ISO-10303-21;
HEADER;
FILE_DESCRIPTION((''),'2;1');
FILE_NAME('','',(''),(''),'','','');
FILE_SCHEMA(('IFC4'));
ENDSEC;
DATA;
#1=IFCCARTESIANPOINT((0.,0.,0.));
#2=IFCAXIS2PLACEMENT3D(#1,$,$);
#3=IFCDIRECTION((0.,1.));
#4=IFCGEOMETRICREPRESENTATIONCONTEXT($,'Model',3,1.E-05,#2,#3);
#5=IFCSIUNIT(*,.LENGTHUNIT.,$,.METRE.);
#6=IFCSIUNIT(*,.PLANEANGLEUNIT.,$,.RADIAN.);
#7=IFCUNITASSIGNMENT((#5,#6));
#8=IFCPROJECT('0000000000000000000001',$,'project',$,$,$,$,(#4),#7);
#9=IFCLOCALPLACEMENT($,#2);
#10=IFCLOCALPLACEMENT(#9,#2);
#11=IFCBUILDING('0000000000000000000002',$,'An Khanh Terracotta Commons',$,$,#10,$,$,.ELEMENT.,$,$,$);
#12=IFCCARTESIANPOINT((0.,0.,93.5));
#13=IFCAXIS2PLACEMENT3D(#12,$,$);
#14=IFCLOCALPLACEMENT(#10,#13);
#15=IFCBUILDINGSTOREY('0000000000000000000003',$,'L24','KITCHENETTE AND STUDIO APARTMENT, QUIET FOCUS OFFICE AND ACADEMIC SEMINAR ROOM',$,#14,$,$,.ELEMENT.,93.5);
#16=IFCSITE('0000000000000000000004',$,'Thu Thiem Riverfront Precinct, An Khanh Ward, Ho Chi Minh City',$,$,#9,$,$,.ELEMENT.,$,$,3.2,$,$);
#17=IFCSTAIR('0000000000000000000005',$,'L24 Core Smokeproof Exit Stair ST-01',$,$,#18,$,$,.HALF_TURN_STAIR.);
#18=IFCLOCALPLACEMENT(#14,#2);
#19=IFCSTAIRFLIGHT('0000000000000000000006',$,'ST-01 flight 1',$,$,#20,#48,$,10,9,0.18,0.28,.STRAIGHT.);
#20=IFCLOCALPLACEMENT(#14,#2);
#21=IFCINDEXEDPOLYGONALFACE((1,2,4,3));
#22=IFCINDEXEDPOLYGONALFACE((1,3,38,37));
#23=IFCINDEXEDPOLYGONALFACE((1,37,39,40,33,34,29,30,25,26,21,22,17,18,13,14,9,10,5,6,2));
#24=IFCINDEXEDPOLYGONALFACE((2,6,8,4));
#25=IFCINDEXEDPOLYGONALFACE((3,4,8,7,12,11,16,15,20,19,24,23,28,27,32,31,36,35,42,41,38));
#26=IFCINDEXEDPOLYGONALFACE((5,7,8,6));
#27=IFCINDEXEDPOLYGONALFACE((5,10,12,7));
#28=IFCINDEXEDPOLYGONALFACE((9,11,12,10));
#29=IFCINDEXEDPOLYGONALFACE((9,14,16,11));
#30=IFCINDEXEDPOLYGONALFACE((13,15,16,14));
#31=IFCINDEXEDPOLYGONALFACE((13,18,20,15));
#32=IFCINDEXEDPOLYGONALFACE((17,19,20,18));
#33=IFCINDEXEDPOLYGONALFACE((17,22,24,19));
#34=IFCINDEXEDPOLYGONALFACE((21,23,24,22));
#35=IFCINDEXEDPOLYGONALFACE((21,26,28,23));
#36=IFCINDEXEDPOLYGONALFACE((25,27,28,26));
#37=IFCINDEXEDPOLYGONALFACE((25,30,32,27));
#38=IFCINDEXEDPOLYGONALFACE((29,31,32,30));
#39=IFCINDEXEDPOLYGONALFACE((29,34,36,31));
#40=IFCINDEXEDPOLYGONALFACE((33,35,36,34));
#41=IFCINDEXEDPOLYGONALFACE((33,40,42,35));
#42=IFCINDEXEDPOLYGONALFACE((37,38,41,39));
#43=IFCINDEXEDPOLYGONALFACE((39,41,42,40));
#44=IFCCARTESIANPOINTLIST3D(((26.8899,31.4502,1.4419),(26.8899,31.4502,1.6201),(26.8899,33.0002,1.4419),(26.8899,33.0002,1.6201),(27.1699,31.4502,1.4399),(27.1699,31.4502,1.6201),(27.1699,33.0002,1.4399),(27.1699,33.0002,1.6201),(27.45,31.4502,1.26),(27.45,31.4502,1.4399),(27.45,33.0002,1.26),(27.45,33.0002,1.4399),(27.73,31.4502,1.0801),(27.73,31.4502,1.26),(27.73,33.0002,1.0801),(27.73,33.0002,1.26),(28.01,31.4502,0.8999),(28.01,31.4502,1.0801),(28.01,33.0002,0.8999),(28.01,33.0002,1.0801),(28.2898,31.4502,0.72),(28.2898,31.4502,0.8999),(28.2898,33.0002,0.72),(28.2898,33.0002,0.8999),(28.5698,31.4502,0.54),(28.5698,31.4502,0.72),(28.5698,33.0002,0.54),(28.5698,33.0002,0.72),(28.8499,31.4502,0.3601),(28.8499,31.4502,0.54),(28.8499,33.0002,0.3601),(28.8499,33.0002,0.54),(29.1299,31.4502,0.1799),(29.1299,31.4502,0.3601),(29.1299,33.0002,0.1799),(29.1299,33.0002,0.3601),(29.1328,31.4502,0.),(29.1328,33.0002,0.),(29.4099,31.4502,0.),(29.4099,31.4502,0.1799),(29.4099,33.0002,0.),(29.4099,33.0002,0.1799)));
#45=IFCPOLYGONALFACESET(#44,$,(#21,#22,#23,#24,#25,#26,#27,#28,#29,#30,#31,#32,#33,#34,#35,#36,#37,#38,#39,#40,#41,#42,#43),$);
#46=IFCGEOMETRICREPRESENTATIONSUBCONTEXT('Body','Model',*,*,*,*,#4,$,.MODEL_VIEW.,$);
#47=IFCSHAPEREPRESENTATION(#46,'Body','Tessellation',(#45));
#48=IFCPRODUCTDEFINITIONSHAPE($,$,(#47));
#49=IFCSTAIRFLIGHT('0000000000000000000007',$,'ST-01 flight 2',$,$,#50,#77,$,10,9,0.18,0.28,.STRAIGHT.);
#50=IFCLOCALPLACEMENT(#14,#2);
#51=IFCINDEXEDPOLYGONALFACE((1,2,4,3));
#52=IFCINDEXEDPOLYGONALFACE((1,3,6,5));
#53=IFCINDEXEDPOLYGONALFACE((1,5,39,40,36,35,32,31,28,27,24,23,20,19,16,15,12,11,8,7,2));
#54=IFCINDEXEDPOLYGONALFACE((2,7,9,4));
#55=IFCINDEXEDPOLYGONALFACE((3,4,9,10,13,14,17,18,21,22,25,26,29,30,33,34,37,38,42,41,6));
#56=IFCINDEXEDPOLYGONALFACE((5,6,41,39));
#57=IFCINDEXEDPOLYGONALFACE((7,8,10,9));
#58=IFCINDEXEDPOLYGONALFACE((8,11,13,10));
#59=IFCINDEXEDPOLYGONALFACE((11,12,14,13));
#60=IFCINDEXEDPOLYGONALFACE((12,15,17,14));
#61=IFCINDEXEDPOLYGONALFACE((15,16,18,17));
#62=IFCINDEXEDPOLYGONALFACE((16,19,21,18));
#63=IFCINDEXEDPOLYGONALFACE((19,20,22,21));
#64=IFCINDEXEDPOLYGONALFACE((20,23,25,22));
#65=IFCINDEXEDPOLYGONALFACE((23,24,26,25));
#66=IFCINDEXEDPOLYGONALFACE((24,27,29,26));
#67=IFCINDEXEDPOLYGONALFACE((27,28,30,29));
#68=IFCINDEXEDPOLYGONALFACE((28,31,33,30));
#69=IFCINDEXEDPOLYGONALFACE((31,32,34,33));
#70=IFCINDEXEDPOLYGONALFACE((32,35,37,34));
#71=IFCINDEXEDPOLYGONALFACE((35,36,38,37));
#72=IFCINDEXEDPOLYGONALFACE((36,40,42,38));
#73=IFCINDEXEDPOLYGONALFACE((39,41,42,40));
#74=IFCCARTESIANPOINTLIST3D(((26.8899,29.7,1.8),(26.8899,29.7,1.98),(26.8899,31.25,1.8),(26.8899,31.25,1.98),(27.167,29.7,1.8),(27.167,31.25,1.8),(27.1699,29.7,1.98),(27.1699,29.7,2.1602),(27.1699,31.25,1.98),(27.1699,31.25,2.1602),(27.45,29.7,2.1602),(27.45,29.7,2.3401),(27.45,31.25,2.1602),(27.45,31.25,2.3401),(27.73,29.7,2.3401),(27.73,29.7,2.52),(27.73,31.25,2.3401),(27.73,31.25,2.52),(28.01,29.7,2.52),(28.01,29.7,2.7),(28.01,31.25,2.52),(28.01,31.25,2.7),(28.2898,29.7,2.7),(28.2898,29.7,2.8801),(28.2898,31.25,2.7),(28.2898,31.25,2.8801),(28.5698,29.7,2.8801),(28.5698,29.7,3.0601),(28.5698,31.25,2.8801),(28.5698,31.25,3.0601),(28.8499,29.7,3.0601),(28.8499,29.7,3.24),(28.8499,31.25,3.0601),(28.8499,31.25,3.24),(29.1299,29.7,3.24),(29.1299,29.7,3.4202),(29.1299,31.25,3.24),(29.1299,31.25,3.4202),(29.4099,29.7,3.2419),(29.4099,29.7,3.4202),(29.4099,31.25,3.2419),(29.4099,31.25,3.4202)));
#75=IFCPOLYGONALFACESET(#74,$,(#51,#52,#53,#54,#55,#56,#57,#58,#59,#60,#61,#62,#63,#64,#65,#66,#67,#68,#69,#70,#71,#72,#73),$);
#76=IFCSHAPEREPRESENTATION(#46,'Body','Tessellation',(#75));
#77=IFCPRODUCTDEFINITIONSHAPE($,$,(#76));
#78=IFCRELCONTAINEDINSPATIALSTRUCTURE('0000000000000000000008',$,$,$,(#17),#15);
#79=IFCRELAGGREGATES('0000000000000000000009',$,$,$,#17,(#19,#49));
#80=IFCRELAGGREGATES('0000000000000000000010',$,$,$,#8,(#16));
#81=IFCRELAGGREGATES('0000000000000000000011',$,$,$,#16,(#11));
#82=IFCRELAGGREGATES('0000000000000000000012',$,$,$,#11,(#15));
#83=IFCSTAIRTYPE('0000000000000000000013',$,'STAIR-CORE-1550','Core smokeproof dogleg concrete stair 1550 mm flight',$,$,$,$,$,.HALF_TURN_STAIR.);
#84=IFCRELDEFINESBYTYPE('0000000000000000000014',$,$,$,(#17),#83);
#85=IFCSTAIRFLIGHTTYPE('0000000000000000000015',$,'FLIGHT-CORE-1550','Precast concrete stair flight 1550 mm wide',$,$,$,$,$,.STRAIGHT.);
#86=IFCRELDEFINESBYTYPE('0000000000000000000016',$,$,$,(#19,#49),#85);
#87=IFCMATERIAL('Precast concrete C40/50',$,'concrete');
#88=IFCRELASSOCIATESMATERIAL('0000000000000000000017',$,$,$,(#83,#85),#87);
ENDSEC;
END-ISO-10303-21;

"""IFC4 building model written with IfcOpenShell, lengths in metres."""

from ifc_helpers import new_model, si_unit, direction, frame, origin, place, context, subcontext, project, spatial, polyline, outline, extrude, material, type_object, element, aggregate, save


model = new_model("IFC4")

# Units and contexts
model_context = context("Model", 3, precision=1e-05, world=origin(), true_north=direction((0.0, 1.0)))
body_context = subcontext(model_context, "Body", "Model", "MODEL_VIEW")
ifc_project = project(units=[si_unit("LENGTHUNIT", "METRE"), si_unit("PLANEANGLEUNIT", "RADIAN")], contexts=[model_context])

# Site, building, storey
site_placement = place(None, origin())
site = spatial("IfcSite", under=ifc_project, at=site_placement, Name="Thu Thiem Riverfront Precinct, An Khanh Ward, Ho Chi Minh City", CompositionType="ELEMENT", RefElevation=3.2)
building_placement = place(site_placement, origin())
building = spatial("IfcBuilding", under=site, at=building_placement, Name="An Khanh Terracotta Commons", CompositionType="ELEMENT")
storey_placement = place(building_placement, frame((0.0, 0.0, 93.5)))
storey = spatial("IfcBuildingStorey", under=building, at=storey_placement, Name="L24", Description="KITCHENETTE AND STUDIO APARTMENT, QUIET FOCUS OFFICE AND ACADEMIC SEMINAR ROOM", CompositionType="ELEMENT", Elevation=93.5)

# Stair, stair flights
ifc_material_1 = material(Name="Precast concrete C40/50", Category="concrete")
stair_type = type_object("IfcStairType", Name="STAIR-CORE-1550", Description="Core smokeproof dogleg concrete stair 1550 mm flight", PredefinedType="HALF_TURN_STAIR", material=ifc_material_1)
stair_placement = place(storey_placement, origin())
stair = element("IfcStair", 1, at=stair_placement, inside=storey, type_object=stair_type, Name="L24 Core Smokeproof Exit Stair ST-01", PredefinedType="HALF_TURN_STAIR")
stair_flight_type = type_object("IfcStairFlightType", Name="FLIGHT-CORE-1550", Description="Precast concrete stair flight 1550 mm wide", PredefinedType="STRAIGHT", material=ifc_material_1)
stair_flight_1_placement = place(storey_placement, frame((29.4099, 32.2251, 0.0), z_axis=(0.0, 0.0, 1.0), x_axis=(-1.0, 0.0, 0.0)))
stair_flight_1 = element("IfcStairFlight", 2, at=stair_flight_1_placement, type_object=stair_flight_type, Name="ST-01 flight 1", NumberOfRisers=10, NumberOfTreads=9, PredefinedType="STRAIGHT", RiserHeight=0.18, TreadLength=0.28, context=body_context, shape_type="SweptSolid", body=[
    extrude(outline(polyline([(0.0, 0.0), (0.0, 0.1799), (0.28, 0.1799), (0.28, 0.3601), (0.5601, 0.3601), (0.5601, 0.54), (0.8401, 0.54), (0.8401, 0.72), (1.1201, 0.72), (1.1201, 0.8999), (1.3999, 0.8999), (1.3999, 1.0801), (1.6799, 1.0801), (1.6799, 1.26), (1.96, 1.26), (1.96, 1.4399), (2.24, 1.4399), (2.24, 1.6201), (2.52, 1.6201), (2.52, 1.8), (2.52, 1.4419), (0.2771, 0.0), (0.0, 0.0)])), frame((0.0, 0.7749, 0.0), z_axis=(0.0, -1.0, 0.0), x_axis=(1.0, 0.0, 0.0)), (0.0, 0.0, 1.0), 1.55),
])
stair_flight_2_placement = place(storey_placement, frame((26.8899, 30.4751, 1.8), z_axis=(0.0, 0.0, 1.0), x_axis=(1.0, 0.0, 0.0)))
stair_flight_2 = element("IfcStairFlight", 3, at=stair_flight_2_placement, type_object=stair_flight_type, Name="ST-01 flight 2", NumberOfRisers=10, NumberOfTreads=9, PredefinedType="STRAIGHT", RiserHeight=0.18, TreadLength=0.28, context=body_context, shape_type="SweptSolid", body=[
    extrude(outline(polyline([(0.0, 0.0), (0.0, 0.1799), (0.28, 0.1799), (0.28, 0.3601), (0.5601, 0.3601), (0.5601, 0.54), (0.8401, 0.54), (0.8401, 0.72), (1.1201, 0.72), (1.1201, 0.8999), (1.3999, 0.8999), (1.3999, 1.0801), (1.6799, 1.0801), (1.6799, 1.26), (1.96, 1.26), (1.96, 1.4399), (2.24, 1.4399), (2.24, 1.6201), (2.52, 1.6201), (2.52, 1.8), (2.52, 1.4419), (0.2771, 0.0), (0.0, 0.0)])), frame((0.0, 0.7749, 0.0), z_axis=(0.0, -1.0, 0.0), x_axis=(1.0, 0.0, 0.0)), (0.0, 0.0, 1.0), 1.55),
])
aggregate(stair, [stair_flight_1, stair_flight_2])

save(model, "model.ifc")
